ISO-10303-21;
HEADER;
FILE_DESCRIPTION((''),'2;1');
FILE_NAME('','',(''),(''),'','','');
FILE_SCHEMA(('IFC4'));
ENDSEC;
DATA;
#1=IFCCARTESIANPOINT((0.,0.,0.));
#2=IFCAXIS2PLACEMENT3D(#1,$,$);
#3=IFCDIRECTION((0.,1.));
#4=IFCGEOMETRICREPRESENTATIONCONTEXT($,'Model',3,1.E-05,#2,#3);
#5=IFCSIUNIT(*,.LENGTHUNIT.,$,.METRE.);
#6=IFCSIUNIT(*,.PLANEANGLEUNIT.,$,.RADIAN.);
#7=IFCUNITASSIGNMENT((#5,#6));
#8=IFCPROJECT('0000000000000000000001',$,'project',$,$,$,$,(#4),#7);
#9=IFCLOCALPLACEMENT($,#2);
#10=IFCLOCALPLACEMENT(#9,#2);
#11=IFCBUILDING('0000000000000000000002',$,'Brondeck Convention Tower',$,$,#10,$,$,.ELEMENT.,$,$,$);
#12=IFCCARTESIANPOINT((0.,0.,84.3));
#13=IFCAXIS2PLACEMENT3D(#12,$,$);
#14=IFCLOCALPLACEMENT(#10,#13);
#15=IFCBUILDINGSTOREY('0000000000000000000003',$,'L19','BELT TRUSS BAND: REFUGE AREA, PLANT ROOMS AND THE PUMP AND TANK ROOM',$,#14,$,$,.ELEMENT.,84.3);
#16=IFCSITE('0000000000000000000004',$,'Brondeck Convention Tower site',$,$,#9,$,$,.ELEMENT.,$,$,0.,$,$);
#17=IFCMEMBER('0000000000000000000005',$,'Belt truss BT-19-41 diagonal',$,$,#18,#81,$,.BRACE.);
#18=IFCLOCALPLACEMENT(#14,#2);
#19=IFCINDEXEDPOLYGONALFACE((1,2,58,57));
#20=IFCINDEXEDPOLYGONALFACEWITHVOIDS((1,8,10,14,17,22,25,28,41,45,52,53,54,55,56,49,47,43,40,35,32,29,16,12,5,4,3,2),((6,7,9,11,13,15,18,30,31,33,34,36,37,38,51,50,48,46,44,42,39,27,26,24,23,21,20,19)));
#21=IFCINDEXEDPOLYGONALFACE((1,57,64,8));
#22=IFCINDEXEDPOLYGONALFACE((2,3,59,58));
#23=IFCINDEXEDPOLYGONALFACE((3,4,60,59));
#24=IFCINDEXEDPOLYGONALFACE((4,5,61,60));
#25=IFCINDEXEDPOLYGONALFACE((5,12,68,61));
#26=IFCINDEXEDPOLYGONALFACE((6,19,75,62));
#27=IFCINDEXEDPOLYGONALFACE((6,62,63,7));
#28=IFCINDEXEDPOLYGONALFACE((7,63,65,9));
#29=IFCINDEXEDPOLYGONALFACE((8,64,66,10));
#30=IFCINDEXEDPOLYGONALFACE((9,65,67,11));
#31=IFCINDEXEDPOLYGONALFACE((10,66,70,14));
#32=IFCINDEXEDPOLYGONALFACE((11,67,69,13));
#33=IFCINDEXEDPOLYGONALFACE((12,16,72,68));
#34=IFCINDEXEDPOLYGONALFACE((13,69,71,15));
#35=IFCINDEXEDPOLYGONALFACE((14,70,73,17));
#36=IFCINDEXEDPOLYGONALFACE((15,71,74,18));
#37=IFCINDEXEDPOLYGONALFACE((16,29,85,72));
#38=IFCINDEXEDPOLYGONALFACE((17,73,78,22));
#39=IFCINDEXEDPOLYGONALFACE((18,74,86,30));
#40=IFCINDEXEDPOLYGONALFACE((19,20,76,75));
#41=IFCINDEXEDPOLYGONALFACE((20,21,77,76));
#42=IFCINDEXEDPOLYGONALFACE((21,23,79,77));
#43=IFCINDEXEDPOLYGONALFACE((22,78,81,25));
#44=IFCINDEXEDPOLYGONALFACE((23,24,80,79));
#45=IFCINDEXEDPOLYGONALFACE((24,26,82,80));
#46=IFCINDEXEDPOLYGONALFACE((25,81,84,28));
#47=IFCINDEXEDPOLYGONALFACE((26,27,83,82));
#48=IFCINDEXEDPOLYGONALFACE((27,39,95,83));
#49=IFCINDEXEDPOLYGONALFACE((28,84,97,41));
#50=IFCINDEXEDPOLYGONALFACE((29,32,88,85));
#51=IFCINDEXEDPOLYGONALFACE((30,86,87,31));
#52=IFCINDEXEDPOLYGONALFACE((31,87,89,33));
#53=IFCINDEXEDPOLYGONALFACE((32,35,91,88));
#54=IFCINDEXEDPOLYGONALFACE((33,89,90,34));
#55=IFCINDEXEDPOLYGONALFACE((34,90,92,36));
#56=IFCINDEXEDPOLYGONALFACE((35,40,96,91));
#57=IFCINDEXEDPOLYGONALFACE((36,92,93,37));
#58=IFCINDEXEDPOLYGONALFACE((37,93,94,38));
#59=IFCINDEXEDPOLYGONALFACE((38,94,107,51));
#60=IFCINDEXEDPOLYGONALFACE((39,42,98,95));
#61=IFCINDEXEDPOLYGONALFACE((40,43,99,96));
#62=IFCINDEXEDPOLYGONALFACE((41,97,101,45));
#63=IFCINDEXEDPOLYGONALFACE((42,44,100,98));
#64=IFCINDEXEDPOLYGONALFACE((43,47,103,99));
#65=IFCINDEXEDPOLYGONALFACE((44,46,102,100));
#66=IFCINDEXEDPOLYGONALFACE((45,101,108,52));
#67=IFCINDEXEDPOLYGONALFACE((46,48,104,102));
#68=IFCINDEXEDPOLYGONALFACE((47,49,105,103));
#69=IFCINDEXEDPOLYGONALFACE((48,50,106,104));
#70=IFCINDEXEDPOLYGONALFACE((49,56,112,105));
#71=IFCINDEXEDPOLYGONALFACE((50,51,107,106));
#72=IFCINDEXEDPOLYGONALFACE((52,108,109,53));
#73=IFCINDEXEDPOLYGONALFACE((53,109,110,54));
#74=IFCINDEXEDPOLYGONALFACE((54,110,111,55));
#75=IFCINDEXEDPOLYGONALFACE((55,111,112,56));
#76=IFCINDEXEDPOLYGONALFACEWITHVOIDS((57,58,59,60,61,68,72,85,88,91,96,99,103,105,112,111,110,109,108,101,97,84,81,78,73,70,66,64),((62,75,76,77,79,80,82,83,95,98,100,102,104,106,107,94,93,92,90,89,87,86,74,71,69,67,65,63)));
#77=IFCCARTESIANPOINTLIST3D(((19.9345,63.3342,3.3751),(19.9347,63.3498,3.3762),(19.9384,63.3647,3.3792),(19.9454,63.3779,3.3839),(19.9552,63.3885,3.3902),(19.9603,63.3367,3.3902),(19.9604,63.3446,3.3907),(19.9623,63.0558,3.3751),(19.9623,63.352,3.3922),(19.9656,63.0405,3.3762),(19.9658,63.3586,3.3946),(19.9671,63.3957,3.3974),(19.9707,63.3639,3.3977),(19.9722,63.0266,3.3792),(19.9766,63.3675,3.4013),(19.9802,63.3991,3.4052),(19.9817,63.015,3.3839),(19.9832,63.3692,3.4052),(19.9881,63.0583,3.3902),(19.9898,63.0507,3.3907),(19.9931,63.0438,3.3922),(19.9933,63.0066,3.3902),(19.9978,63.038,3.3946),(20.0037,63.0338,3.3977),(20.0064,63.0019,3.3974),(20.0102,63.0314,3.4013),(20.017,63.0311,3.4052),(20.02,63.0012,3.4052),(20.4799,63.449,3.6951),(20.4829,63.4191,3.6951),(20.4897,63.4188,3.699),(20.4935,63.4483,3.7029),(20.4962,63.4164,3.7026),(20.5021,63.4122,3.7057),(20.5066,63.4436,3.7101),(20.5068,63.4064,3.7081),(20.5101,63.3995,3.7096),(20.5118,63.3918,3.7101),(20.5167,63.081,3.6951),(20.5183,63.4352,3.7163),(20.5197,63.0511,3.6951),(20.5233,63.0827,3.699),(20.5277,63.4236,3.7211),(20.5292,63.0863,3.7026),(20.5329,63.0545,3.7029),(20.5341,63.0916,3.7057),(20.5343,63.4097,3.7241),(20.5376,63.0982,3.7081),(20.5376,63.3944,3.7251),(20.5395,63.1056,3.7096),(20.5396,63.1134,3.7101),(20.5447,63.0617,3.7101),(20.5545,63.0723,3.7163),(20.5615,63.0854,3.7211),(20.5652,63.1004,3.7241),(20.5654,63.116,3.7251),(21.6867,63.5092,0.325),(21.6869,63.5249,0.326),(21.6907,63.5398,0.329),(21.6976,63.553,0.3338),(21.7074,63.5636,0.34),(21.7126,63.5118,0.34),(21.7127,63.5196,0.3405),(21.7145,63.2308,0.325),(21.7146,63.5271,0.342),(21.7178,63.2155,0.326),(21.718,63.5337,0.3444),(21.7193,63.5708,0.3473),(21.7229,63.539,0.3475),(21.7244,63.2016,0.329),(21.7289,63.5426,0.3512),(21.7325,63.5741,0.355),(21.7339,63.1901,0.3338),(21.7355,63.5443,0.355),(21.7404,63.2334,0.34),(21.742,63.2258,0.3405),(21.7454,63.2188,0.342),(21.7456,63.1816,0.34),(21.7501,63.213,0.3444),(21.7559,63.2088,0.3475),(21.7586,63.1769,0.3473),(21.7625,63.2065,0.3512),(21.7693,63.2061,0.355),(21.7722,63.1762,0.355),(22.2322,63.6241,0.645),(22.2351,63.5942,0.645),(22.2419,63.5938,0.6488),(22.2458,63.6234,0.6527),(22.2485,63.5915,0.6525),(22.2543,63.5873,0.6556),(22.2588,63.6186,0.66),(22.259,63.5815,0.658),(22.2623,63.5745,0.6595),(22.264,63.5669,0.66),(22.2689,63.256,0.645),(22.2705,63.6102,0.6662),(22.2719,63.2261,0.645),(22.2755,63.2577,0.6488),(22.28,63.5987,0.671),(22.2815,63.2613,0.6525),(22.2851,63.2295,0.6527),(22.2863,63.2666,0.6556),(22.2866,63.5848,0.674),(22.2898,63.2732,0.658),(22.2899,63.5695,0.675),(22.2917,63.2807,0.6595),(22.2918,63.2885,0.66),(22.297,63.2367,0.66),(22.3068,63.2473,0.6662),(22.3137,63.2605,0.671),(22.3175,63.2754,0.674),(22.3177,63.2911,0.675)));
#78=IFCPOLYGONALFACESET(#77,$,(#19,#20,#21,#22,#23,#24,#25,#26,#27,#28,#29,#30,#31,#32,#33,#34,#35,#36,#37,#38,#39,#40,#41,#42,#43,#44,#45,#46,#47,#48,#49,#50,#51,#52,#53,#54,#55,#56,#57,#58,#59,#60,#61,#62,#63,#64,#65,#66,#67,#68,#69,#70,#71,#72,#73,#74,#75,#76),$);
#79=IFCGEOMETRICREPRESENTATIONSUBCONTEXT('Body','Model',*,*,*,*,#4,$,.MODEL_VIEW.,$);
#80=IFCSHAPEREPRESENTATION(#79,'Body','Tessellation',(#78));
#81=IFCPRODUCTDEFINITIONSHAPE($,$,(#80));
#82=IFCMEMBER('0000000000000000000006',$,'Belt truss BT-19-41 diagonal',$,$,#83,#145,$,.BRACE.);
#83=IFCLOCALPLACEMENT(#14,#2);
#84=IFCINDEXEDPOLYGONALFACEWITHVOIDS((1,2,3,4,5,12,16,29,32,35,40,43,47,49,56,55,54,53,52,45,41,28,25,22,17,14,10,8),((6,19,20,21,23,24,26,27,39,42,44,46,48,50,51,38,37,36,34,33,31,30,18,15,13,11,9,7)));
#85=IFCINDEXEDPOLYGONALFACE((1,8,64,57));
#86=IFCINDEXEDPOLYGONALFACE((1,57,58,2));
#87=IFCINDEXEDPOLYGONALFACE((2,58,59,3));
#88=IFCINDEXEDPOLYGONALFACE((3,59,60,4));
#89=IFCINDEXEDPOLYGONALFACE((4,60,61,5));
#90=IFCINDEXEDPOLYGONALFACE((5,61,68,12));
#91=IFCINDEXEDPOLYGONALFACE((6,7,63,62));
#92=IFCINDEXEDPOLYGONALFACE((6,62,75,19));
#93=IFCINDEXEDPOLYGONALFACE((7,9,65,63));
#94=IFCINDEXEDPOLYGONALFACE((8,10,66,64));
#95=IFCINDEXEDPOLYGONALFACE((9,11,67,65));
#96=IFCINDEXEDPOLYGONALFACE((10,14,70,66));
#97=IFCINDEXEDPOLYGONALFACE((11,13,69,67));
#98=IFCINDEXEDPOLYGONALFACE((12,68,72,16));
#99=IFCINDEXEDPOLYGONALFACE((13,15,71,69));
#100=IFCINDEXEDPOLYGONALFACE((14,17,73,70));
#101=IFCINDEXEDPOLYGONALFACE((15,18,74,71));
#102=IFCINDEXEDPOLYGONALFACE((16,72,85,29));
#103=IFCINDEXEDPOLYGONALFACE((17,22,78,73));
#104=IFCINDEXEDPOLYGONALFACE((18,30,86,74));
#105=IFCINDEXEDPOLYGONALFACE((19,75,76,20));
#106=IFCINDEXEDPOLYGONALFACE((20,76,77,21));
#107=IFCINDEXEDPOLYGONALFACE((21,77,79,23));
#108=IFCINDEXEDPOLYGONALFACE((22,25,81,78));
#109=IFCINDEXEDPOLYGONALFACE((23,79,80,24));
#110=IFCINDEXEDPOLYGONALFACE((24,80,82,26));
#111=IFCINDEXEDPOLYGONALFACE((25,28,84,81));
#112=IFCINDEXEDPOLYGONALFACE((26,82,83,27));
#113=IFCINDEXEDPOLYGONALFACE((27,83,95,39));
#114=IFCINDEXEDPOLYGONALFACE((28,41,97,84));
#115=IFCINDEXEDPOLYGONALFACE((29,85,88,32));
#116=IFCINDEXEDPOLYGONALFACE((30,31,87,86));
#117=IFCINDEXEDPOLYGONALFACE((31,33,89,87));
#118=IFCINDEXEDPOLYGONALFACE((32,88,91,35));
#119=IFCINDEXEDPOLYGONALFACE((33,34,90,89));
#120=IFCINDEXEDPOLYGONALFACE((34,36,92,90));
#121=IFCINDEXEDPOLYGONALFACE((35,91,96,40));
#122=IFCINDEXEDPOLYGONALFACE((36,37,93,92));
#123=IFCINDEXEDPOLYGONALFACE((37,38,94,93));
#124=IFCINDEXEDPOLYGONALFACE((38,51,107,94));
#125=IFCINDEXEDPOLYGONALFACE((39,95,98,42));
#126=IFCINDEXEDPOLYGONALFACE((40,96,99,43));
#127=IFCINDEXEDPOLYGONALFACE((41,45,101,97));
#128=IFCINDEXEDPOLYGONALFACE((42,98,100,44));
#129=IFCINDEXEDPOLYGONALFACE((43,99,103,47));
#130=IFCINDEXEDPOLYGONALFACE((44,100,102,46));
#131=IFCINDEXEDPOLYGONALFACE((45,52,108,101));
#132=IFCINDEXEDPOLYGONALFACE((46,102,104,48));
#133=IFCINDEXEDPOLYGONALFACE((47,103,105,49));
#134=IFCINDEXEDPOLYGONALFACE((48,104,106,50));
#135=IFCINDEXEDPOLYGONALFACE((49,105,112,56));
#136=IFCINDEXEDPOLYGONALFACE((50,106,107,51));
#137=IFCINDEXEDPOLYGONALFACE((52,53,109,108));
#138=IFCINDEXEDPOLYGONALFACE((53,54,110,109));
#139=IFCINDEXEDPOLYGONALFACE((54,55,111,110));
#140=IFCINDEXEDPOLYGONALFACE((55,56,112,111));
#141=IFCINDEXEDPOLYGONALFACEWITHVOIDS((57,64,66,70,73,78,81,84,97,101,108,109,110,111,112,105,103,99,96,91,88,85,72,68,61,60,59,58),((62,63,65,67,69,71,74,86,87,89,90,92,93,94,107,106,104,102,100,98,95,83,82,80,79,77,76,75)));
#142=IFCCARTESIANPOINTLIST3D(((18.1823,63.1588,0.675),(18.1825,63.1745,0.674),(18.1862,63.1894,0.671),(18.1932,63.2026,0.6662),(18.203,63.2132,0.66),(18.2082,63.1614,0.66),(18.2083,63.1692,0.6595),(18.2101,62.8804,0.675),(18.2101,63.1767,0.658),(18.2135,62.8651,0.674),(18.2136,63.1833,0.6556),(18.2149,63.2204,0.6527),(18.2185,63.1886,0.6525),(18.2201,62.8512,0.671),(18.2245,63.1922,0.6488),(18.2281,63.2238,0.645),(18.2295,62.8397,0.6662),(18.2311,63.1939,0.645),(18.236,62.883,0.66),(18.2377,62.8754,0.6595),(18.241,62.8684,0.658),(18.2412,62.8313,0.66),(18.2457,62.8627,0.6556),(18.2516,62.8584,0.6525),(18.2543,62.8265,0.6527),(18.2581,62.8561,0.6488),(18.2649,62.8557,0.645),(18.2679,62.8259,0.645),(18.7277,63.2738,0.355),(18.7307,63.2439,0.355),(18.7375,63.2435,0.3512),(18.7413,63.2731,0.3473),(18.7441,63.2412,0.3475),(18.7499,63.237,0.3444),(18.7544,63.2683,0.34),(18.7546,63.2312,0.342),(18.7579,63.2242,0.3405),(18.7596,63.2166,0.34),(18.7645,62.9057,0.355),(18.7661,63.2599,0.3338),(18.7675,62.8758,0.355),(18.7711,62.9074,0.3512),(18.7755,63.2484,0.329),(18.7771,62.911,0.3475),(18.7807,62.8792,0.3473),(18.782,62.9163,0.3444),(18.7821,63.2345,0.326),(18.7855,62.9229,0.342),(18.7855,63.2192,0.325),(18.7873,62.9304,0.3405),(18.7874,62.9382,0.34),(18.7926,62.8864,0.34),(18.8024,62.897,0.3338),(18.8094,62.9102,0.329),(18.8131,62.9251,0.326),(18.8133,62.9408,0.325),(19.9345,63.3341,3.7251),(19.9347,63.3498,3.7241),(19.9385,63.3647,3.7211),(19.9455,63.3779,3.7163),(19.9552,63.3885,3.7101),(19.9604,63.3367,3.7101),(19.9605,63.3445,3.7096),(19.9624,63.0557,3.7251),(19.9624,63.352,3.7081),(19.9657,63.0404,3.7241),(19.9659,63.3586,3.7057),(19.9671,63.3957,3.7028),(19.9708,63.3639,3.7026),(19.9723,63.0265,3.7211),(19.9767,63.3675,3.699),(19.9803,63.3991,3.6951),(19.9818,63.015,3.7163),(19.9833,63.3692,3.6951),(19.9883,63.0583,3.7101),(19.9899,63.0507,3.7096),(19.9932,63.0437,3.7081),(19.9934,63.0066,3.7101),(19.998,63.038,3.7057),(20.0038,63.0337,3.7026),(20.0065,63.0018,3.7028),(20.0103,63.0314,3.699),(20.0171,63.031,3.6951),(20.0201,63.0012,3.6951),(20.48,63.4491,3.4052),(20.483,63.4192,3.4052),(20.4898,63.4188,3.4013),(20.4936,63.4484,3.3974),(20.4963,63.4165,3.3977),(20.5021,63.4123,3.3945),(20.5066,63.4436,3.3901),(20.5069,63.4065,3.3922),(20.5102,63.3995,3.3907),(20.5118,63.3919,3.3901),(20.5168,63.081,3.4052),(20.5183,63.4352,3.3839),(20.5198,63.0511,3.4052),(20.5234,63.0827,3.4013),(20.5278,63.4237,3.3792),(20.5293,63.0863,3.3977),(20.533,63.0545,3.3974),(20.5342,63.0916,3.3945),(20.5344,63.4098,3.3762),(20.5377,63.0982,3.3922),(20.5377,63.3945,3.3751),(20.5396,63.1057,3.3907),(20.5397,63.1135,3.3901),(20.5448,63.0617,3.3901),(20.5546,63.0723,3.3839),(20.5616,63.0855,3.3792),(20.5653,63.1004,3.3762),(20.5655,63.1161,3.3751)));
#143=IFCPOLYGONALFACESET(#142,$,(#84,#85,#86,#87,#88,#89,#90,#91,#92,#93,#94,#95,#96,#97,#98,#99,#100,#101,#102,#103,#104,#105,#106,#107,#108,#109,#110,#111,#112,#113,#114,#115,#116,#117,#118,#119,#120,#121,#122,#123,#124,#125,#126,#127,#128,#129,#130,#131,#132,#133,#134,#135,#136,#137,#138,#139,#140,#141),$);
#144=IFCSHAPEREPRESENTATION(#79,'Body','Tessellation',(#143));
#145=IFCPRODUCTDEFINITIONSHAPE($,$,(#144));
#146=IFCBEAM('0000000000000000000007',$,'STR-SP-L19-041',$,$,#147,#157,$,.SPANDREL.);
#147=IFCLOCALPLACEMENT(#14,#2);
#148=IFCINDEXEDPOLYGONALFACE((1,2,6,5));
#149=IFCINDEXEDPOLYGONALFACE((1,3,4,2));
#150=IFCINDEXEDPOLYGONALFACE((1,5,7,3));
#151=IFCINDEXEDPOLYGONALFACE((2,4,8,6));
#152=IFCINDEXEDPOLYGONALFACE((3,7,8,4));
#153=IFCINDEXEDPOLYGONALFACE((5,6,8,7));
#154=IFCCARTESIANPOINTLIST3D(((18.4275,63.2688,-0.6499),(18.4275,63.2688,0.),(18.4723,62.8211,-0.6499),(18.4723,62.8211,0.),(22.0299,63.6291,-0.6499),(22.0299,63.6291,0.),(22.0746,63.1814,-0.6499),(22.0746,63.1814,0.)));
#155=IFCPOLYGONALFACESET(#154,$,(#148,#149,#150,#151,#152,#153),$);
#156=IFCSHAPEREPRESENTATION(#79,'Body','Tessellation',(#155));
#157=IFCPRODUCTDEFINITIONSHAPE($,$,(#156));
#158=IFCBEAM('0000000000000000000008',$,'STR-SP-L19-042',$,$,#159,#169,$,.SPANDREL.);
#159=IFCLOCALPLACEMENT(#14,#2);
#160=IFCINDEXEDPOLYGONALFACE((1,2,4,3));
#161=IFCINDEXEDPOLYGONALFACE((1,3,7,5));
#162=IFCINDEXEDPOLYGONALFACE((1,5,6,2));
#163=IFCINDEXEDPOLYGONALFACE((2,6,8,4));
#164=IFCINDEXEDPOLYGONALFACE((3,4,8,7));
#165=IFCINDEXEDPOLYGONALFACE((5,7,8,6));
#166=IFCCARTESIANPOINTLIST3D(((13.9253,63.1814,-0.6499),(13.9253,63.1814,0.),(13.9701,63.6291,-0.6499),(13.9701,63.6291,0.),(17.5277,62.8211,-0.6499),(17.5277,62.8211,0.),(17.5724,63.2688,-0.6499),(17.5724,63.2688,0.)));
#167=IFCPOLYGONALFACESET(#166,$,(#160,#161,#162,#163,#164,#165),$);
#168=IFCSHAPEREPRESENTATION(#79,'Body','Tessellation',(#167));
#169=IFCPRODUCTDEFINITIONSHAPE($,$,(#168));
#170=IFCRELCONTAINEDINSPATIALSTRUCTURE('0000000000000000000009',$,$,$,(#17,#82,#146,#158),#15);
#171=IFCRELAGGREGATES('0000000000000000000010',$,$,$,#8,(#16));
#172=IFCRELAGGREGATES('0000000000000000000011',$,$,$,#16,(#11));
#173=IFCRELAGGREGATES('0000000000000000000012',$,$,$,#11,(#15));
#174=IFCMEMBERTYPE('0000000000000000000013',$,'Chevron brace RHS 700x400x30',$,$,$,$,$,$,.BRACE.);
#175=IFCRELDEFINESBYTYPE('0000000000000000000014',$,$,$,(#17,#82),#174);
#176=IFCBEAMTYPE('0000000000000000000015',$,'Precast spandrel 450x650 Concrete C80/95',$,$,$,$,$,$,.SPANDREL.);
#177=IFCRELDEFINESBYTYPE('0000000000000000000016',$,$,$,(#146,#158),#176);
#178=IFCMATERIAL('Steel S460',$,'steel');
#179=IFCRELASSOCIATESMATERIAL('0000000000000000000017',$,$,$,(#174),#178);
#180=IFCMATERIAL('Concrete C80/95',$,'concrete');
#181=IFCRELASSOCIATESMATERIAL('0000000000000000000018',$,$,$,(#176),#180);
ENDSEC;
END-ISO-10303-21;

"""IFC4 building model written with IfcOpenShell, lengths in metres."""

from ifc_helpers import new_model, si_unit, direction, frame, origin, origin_2d, place, context, subcontext, project, spatial, rectangle, hollow_rectangle, extrude, material, material_profile, profile_set, type_object, element, save


model = new_model("IFC4")

# Units and contexts
model_context = context("Model", 3, precision=1e-05, world=origin(), true_north=direction((0.0, 1.0)))
body_context = subcontext(model_context, "Body", "Model", "MODEL_VIEW")
ifc_project = project(units=[si_unit("LENGTHUNIT", "METRE"), si_unit("PLANEANGLEUNIT", "RADIAN")], contexts=[model_context])

# Site, building, storey
site_placement = place(None, origin())
site = spatial("IfcSite", under=ifc_project, at=site_placement, Name="Brondeck Convention Tower site", CompositionType="ELEMENT", RefElevation=0.0)
building_placement = place(site_placement, origin())
building = spatial("IfcBuilding", under=site, at=building_placement, Name="Brondeck Convention Tower", CompositionType="ELEMENT")
storey_placement = place(building_placement, frame((0.0, 0.0, 84.3)))
storey = spatial("IfcBuildingStorey", under=building, at=storey_placement, Name="L19", Description="BELT TRUSS BAND: REFUGE AREA, PLANT ROOMS AND THE PUMP AND TANK ROOM", CompositionType="ELEMENT", Elevation=84.3)

# Shared definitions
ifc_material_1 = material(Name="Concrete C80/95", Category="concrete")

# Members
ifc_material_2 = material(Name="Steel S460", Category="steel")
ifc_material_profile_1 = material_profile(ifc_material_2, hollow_rectangle(XDim=0.3999, YDim=0.7, WallThickness=0.03, InnerFilletRadius=0.03, OuterFilletRadius=0.0601, at=origin_2d()), Name="RHS 700x400x30")
ifc_profile_set_1 = profile_set([ifc_material_profile_1], Name="Steel S460")
member_type_1 = type_object("IfcMemberType", Name="Chevron brace RHS 700x400x30", PredefinedType="BRACE", material=ifc_profile_set_1)
for number, where, z_axis, x_axis, name in (
    (1, (22.0022, 63.4001, 0.5), (-0.497518, -0.049703, 0.866029), (0.099408, -0.995047, 0.0), "Belt truss BT-19-41 diagonal"),
    (2, (18.4978, 63.0498, 0.5), (0.497516, 0.049772, 0.866026), (-0.099545, 0.995033, 0.0), "Belt truss BT-19-41 diagonal"),
):
    element("IfcMember", number, at=place(storey_placement, frame(where, z_axis=z_axis, x_axis=x_axis)), inside=storey, type_object=member_type_1, Name=name, PredefinedType="BRACE", context=body_context, shape_type="SweptSolid", body=[
        extrude(hollow_rectangle(XDim=0.3999, YDim=0.7, WallThickness=0.03, InnerFilletRadius=0.03, OuterFilletRadius=0.0601, at=origin_2d()), origin(), (0.0, 0.0, 1.0), 3.522),
    ])

# Beams
ifc_material_profile_2 = material_profile(ifc_material_1, rectangle(XDim=0.45, YDim=0.6499, at=origin_2d()), Name="Precast spandrel 450x650 Concrete C80/95")
ifc_profile_set_2 = profile_set([ifc_material_profile_2], Name="Concrete C80/95")
beam_type = type_object("IfcBeamType", Name="Precast spandrel 450x650 Concrete C80/95", PredefinedType="SPANDREL", material=ifc_profile_set_2)
for number, where, z_axis, x_axis, name in (
    (3, (22.0522, 63.4053, -0.325), (-0.995034, -0.099537, 0.0), (0.099537, -0.995034, 0.0), "STR-SP-L19-041"),
    (4, (17.55, 63.0449, -0.325), (-0.995034, 0.099537, 0.0), (-0.099537, -0.995034, 0.0), "STR-SP-L19-042"),
):
    element("IfcBeam", number, at=place(storey_placement, frame(where, z_axis=z_axis, x_axis=x_axis)), inside=storey, type_object=beam_type, Name=name, PredefinedType="SPANDREL", context=body_context, shape_type="SweptSolid", body=[
        extrude(rectangle(XDim=0.45, YDim=0.6499, at=origin_2d()), origin(), (0.0, 0.0, 1.0), 3.6204),
    ])

save(model, "model.ifc")
